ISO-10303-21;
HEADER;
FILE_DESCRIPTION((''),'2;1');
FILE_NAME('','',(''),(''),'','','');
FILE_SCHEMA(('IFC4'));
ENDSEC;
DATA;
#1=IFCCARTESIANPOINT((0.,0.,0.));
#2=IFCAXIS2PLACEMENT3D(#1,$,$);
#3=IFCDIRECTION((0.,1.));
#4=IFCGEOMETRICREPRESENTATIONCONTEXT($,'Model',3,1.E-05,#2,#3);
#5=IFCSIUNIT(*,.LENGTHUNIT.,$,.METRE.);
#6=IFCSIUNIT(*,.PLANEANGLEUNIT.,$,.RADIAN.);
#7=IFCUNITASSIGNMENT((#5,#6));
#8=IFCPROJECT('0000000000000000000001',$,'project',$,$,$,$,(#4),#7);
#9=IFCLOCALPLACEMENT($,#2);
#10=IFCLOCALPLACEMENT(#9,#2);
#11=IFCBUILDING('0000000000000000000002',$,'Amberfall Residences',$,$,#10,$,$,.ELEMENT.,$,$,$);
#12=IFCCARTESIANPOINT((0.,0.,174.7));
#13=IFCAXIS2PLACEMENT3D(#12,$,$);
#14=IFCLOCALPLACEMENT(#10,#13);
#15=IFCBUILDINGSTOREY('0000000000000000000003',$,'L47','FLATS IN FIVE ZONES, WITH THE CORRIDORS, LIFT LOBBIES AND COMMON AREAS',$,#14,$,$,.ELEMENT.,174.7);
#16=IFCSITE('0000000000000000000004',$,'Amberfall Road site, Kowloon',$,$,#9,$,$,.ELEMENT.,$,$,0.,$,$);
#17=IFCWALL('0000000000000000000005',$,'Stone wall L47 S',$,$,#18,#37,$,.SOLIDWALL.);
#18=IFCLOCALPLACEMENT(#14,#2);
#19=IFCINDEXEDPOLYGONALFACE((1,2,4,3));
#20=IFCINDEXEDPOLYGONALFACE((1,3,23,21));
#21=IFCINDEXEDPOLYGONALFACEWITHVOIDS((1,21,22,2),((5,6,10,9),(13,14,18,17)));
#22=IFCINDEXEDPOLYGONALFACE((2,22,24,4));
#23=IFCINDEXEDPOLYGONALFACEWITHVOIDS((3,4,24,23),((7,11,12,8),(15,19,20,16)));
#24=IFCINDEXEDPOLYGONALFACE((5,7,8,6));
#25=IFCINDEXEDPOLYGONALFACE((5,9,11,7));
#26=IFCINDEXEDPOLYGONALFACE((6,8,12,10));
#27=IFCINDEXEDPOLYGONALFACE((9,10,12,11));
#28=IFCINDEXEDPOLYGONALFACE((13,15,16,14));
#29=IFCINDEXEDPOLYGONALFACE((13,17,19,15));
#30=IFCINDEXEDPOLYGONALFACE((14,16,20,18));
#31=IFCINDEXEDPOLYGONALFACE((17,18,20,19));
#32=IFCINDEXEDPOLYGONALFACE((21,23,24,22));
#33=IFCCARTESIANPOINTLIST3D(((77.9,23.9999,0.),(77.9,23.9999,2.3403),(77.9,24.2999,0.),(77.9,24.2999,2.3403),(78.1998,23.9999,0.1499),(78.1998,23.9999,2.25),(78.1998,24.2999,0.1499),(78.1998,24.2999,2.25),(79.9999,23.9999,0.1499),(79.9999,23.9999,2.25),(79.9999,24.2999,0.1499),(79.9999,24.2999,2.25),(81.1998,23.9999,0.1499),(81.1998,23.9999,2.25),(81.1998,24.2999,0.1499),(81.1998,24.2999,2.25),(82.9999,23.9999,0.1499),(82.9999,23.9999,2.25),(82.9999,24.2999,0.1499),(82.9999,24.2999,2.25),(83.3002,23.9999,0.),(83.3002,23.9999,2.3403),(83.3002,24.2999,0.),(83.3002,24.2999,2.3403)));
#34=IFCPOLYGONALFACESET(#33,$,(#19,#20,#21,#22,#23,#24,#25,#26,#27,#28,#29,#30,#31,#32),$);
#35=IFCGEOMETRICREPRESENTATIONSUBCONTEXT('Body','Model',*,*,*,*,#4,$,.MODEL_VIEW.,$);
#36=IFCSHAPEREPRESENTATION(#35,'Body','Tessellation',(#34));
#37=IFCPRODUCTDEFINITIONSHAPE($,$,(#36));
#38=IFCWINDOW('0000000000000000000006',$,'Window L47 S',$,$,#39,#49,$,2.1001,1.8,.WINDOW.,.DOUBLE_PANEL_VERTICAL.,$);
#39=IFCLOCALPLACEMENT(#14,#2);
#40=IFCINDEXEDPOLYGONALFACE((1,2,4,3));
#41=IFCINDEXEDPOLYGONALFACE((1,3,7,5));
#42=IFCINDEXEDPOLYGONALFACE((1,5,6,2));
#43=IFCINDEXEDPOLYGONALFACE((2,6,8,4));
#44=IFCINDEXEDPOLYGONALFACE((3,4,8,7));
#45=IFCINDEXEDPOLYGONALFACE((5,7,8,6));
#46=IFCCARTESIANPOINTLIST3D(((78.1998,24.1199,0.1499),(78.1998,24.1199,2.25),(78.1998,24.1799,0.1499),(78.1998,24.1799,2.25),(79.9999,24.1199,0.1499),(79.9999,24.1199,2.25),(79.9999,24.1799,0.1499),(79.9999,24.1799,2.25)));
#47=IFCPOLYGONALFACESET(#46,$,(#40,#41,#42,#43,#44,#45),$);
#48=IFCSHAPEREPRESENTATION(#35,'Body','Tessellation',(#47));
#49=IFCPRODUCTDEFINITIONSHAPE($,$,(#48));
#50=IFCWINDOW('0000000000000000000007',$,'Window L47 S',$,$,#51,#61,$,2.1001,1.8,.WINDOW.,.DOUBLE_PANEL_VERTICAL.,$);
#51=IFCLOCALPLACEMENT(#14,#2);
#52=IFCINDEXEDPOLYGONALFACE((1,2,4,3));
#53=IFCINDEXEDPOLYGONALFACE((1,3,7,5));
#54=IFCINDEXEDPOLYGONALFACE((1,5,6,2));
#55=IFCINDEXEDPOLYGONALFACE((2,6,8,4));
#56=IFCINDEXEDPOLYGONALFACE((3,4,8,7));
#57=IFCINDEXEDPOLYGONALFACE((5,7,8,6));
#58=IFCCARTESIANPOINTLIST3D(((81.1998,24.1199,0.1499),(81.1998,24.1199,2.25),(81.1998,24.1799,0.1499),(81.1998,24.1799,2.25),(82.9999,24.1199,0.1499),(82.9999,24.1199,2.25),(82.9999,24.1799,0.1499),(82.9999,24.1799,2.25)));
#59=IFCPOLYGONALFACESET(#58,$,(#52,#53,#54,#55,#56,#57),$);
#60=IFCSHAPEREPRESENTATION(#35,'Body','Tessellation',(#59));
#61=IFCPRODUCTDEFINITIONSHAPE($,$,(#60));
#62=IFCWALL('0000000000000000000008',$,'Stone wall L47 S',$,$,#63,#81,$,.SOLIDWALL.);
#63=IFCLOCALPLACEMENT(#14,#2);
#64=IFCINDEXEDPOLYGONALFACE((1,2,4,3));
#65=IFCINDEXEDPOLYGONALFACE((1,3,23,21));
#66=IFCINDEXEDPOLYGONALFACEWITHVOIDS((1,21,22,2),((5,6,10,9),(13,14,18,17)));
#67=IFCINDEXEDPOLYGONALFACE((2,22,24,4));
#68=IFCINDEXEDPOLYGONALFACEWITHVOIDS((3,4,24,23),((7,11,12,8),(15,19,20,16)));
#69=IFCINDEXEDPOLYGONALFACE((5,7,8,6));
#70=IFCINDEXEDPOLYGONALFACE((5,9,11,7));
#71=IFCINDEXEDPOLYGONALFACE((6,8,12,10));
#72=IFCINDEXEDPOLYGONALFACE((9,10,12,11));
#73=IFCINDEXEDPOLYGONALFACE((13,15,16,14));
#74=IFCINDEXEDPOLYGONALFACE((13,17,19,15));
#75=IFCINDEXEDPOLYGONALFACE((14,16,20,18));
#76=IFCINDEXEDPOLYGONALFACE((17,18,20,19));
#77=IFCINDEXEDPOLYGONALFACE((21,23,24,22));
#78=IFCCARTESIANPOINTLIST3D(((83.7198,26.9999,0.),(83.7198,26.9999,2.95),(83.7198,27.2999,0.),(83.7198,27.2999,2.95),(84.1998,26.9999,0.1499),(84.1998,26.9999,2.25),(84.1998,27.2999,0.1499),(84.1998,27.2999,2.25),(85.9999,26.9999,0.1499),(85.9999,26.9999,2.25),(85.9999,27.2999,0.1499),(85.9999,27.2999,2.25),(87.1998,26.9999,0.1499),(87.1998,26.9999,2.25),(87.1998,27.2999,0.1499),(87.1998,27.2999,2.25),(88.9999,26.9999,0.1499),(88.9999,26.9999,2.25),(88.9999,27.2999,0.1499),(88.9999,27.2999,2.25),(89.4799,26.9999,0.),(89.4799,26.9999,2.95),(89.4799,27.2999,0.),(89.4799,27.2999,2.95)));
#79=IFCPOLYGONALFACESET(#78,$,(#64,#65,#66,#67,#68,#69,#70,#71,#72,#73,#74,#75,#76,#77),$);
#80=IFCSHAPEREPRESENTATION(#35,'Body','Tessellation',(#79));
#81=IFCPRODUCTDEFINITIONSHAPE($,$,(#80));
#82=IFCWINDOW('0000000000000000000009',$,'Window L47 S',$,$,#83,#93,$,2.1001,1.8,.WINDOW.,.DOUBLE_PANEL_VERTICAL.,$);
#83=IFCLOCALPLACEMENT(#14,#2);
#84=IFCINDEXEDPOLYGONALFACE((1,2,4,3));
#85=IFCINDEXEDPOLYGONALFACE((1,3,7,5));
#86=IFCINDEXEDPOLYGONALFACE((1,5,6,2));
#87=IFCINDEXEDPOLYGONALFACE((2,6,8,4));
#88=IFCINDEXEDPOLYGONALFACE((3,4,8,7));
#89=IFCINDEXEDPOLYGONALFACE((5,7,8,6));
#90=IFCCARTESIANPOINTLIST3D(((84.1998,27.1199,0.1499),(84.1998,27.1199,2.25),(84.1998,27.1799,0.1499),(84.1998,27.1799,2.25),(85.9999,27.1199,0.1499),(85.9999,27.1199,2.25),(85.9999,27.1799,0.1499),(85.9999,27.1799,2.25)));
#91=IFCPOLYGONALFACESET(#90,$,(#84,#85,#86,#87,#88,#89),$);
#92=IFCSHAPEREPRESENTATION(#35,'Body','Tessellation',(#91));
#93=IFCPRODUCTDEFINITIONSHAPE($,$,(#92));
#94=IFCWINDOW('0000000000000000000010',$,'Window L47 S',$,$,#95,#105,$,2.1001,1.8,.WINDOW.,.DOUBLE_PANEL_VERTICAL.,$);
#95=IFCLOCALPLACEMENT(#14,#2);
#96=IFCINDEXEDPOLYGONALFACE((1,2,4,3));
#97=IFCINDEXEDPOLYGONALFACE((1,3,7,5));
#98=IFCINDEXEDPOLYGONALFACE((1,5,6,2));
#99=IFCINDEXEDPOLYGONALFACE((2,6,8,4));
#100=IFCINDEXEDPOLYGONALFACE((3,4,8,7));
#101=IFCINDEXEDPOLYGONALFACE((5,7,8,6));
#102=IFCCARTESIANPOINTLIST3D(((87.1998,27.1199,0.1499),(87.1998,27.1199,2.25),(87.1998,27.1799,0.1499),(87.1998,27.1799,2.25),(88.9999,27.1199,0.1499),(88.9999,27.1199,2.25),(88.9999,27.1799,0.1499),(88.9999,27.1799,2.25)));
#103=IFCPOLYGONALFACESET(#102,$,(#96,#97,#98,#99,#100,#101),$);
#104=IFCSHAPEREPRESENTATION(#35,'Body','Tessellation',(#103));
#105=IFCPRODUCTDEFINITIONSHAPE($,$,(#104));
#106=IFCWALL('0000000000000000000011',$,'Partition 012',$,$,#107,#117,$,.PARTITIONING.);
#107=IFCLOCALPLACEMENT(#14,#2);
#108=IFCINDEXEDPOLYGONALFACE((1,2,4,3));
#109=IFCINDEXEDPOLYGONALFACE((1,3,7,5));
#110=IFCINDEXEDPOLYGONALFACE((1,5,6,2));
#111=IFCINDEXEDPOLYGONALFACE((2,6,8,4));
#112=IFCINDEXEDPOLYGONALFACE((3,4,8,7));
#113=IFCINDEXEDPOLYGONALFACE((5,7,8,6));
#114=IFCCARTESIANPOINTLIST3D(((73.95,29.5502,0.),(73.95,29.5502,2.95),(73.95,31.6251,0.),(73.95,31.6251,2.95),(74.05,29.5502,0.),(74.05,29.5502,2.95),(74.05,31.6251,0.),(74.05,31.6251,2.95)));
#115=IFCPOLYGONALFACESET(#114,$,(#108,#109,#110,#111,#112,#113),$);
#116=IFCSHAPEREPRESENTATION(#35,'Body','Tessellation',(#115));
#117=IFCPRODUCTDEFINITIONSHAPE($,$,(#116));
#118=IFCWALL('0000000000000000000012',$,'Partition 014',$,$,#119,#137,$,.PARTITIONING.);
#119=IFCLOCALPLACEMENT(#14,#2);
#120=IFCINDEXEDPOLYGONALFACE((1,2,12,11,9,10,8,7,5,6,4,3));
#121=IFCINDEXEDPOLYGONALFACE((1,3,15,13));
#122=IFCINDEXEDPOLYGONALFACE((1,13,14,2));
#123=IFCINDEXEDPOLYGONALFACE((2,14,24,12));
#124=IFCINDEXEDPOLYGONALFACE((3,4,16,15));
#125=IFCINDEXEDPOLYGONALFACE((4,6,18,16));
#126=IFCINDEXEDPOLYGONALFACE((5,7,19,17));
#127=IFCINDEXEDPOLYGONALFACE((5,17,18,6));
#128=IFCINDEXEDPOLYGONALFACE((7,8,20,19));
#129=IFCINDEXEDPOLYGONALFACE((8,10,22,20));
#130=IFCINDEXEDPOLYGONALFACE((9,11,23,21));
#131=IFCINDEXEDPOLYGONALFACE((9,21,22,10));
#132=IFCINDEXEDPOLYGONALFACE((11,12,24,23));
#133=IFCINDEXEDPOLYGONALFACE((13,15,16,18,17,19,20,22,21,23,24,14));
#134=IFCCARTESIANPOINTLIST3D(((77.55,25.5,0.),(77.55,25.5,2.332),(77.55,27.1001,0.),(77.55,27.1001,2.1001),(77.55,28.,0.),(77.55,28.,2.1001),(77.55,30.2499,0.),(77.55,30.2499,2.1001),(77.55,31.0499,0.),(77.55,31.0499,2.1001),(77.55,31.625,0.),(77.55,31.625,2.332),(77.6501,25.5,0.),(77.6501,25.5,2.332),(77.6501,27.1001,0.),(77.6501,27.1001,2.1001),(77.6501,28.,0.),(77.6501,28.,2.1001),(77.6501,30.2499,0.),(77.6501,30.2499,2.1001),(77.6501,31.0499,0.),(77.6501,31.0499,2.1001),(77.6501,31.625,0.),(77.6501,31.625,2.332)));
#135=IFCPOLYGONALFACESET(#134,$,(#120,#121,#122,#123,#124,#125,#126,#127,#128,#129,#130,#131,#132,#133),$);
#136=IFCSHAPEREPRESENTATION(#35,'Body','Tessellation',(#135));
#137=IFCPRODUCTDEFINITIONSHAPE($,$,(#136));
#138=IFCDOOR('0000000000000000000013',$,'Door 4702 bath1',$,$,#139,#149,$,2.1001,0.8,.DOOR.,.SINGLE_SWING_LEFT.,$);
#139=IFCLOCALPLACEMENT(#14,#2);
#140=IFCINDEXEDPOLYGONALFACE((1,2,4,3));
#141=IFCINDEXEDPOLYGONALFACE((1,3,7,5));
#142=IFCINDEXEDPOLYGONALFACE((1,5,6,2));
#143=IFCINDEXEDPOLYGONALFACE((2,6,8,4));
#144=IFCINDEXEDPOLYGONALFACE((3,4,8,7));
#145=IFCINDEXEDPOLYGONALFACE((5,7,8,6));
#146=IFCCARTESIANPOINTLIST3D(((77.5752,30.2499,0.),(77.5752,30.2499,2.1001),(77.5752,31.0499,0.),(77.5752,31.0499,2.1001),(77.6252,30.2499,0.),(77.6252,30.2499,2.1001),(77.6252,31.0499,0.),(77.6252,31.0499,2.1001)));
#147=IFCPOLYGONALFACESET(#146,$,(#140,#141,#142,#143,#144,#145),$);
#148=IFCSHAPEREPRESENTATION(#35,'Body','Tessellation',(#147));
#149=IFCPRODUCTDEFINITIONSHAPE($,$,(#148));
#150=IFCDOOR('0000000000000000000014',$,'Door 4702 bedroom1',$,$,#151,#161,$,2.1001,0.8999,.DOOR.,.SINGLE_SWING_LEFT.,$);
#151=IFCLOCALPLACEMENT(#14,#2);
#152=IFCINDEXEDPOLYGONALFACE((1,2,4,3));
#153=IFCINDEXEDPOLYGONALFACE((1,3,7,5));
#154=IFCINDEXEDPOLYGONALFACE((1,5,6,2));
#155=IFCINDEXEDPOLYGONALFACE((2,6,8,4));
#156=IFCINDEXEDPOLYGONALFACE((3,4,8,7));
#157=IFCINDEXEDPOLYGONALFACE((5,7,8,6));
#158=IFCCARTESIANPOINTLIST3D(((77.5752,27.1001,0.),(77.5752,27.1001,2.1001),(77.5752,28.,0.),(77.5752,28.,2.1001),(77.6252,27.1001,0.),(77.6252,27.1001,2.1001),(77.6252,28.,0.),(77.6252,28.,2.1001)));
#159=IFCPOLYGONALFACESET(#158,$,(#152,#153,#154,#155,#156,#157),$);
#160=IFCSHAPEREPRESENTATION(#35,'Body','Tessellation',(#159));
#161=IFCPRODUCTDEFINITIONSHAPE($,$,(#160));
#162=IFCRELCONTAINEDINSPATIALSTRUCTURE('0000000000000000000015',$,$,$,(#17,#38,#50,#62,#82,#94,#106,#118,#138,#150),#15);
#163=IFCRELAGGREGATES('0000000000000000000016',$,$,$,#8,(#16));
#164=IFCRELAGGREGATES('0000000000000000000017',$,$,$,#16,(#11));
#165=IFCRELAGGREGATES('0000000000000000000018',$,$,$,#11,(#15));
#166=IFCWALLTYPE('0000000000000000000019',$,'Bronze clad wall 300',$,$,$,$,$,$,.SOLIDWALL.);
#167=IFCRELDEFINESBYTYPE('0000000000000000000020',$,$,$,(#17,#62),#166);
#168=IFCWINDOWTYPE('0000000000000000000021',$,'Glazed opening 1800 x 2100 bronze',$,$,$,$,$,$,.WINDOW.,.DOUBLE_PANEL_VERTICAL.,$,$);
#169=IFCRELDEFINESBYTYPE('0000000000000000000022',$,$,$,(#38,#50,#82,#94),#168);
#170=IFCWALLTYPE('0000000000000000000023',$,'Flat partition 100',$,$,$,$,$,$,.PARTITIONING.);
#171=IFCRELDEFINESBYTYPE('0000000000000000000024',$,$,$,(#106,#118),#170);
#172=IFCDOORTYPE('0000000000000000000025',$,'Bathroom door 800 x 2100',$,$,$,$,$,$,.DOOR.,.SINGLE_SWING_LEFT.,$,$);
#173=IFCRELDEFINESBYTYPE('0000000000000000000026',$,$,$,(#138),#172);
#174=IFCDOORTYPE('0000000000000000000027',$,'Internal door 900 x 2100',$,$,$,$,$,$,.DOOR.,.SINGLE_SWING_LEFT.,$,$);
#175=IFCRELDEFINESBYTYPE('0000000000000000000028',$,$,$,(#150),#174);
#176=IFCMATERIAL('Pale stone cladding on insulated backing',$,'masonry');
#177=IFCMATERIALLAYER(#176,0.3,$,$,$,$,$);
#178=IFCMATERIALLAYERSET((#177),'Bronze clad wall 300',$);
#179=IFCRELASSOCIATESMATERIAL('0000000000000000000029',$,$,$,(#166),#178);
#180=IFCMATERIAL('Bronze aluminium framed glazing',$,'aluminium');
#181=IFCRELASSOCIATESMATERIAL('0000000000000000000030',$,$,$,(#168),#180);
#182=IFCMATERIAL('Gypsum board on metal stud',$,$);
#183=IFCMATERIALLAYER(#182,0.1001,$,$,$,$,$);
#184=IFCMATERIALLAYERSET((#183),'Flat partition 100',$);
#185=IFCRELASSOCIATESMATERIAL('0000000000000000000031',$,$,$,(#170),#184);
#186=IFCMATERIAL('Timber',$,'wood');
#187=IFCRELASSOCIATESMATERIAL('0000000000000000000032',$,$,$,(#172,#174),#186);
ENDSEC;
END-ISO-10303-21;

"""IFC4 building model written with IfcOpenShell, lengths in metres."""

from ifc_helpers import new_model, si_unit, direction, frame, frame_2d, origin, place, context, subcontext, project, spatial, rectangle, extrude, material, layer, layer_set, type_object, element, fill, save


model = new_model("IFC4")

# Units and contexts
model_context = context("Model", 3, precision=1e-05, world=origin(), true_north=direction((0.0, 1.0)))
body_context = subcontext(model_context, "Body", "Model", "MODEL_VIEW")
ifc_project = project(units=[si_unit("LENGTHUNIT", "METRE"), si_unit("PLANEANGLEUNIT", "RADIAN")], contexts=[model_context])

# Site, building, storey
site_placement = place(None, origin())
site = spatial("IfcSite", under=ifc_project, at=site_placement, Name="Amberfall Road site, Kowloon", CompositionType="ELEMENT", RefElevation=0.0)
building_placement = place(site_placement, origin())
building = spatial("IfcBuilding", under=site, at=building_placement, Name="Amberfall Residences", CompositionType="ELEMENT")
storey_placement = place(building_placement, frame((0.0, 0.0, 174.7)))
storey = spatial("IfcBuildingStorey", under=building, at=storey_placement, Name="L47", Description="FLATS IN FIVE ZONES, WITH THE CORRIDORS, LIFT LOBBIES AND COMMON AREAS", CompositionType="ELEMENT", Elevation=174.7)

# Shared definitions
ifc_material_1 = material(Name="Pale stone cladding on insulated backing", Category="masonry")
ifc_layer_1 = layer(ifc_material_1, 0.3)
ifc_layer_set_1 = layer_set([ifc_layer_1], Name="Bronze clad wall 300")
wall_type_1 = type_object("IfcWallType", Name="Bronze clad wall 300", PredefinedType="SOLIDWALL", material=ifc_layer_set_1)

# Walls, openings, windows
wall_1_placement = place(storey_placement, frame((77.8999, 24.1499, 0.0), z_axis=(0.0, 0.0, 1.0), x_axis=(1.0, 0.0, 0.0)))
wall_1 = element("IfcWall", 1, at=wall_1_placement, inside=storey, type_object=wall_type_1, Name="Stone wall L47 S", PredefinedType="SOLIDWALL", context=body_context, shape_type="SweptSolid", body=[
    extrude(rectangle(XDim=5.4001, YDim=0.3, at=frame_2d((2.7002, 0.0))), origin(), (0.0, 0.0, 1.0), 2.3403),
])
opening_1_placement = place(wall_1_placement, frame((0.3, 0.0, 0.1499)))
opening_1 = element("IfcOpeningElement", 2, at=opening_1_placement, cuts=wall_1, PredefinedType="OPENING", context=body_context, shape_type="SweptSolid", body=[
    extrude(rectangle(XDim=1.8, YDim=2.1001, at=frame_2d((0.8999, 1.05))), frame((0.0, 0.1599, 0.0), z_axis=(0.0, -1.0, 0.0), x_axis=(1.0, 0.0, 0.0)), (0.0, 0.0, 1.0), 0.3201),
])
opening_2_placement = place(wall_1_placement, frame((3.3, 0.0, 0.1499)))
opening_2 = element("IfcOpeningElement", 3, at=opening_2_placement, cuts=wall_1, PredefinedType="OPENING", context=body_context, shape_type="SweptSolid", body=[
    extrude(rectangle(XDim=1.8, YDim=2.1001, at=frame_2d((0.8999, 1.05))), frame((0.0, 0.1599, 0.0), z_axis=(0.0, -1.0, 0.0), x_axis=(1.0, 0.0, 0.0)), (0.0, 0.0, 1.0), 0.3201),
])
ifc_material_2 = material(Name="Bronze aluminium framed glazing", Category="aluminium")
window_type = type_object("IfcWindowType", Name="Glazed opening 1800 x 2100 bronze", PartitioningType="DOUBLE_PANEL_VERTICAL", PredefinedType="WINDOW", material=ifc_material_2)
window_1_placement = place(opening_1_placement, origin())
window_1 = element("IfcWindow", 4, at=window_1_placement, inside=storey, type_object=window_type, Name="Window L47 S", OverallHeight=2.1001, OverallWidth=1.8, PartitioningType="DOUBLE_PANEL_VERTICAL", PredefinedType="WINDOW", context=body_context, shape_type="SweptSolid", body=[
    extrude(rectangle(XDim=1.8, YDim=2.1001, at=frame_2d((0.8999, 1.05))), frame((0.0, 0.03, 0.0), z_axis=(0.0, -1.0, 0.0), x_axis=(1.0, 0.0, 0.0)), (0.0, 0.0, 1.0), 0.0601),
])
fill(opening_1, window_1)
window_2_placement = place(opening_2_placement, origin())
window_2 = element("IfcWindow", 5, at=window_2_placement, inside=storey, type_object=window_type, Name="Window L47 S", OverallHeight=2.1001, OverallWidth=1.8, PartitioningType="DOUBLE_PANEL_VERTICAL", PredefinedType="WINDOW", context=body_context, shape_type="SweptSolid", body=[
    extrude(rectangle(XDim=1.8, YDim=2.1001, at=frame_2d((0.8999, 1.05))), frame((0.0, 0.03, 0.0), z_axis=(0.0, -1.0, 0.0), x_axis=(1.0, 0.0, 0.0)), (0.0, 0.0, 1.0), 0.0601),
])
fill(opening_2, window_2)
wall_2_placement = place(storey_placement, frame((83.72, 27.1499, 0.0), z_axis=(0.0, 0.0, 1.0), x_axis=(1.0, 0.0, 0.0)))
wall_2 = element("IfcWall", 6, at=wall_2_placement, inside=storey, type_object=wall_type_1, Name="Stone wall L47 S", PredefinedType="SOLIDWALL", context=body_context, shape_type="SweptSolid", body=[
    extrude(rectangle(XDim=5.76, YDim=0.3, at=frame_2d((2.8799, 0.0))), origin(), (0.0, 0.0, 1.0), 2.95),
])
opening_3_placement = place(wall_2_placement, frame((0.48, 0.0, 0.1499)))
opening_3 = element("IfcOpeningElement", 7, at=opening_3_placement, cuts=wall_2, PredefinedType="OPENING", context=body_context, shape_type="SweptSolid", body=[
    extrude(rectangle(XDim=1.8, YDim=2.1001, at=frame_2d((0.8999, 1.05))), frame((0.0, 0.1599, 0.0), z_axis=(0.0, -1.0, 0.0), x_axis=(1.0, 0.0, 0.0)), (0.0, 0.0, 1.0), 0.3201),
])
opening_4_placement = place(wall_2_placement, frame((3.48, 0.0, 0.1499)))
opening_4 = element("IfcOpeningElement", 8, at=opening_4_placement, cuts=wall_2, PredefinedType="OPENING", context=body_context, shape_type="SweptSolid", body=[
    extrude(rectangle(XDim=1.8, YDim=2.1001, at=frame_2d((0.8999, 1.05))), frame((0.0, 0.1599, 0.0), z_axis=(0.0, -1.0, 0.0), x_axis=(1.0, 0.0, 0.0)), (0.0, 0.0, 1.0), 0.3201),
])
window_3_placement = place(opening_3_placement, origin())
window_3 = element("IfcWindow", 9, at=window_3_placement, inside=storey, type_object=window_type, Name="Window L47 S", OverallHeight=2.1001, OverallWidth=1.8, PartitioningType="DOUBLE_PANEL_VERTICAL", PredefinedType="WINDOW", context=body_context, shape_type="SweptSolid", body=[
    extrude(rectangle(XDim=1.8, YDim=2.1001, at=frame_2d((0.8999, 1.05))), frame((0.0, 0.03, 0.0), z_axis=(0.0, -1.0, 0.0), x_axis=(1.0, 0.0, 0.0)), (0.0, 0.0, 1.0), 0.0601),
])
fill(opening_3, window_3)
window_4_placement = place(opening_4_placement, origin())
window_4 = element("IfcWindow", 10, at=window_4_placement, inside=storey, type_object=window_type, Name="Window L47 S", OverallHeight=2.1001, OverallWidth=1.8, PartitioningType="DOUBLE_PANEL_VERTICAL", PredefinedType="WINDOW", context=body_context, shape_type="SweptSolid", body=[
    extrude(rectangle(XDim=1.8, YDim=2.1001, at=frame_2d((0.8999, 1.05))), frame((0.0, 0.03, 0.0), z_axis=(0.0, -1.0, 0.0), x_axis=(1.0, 0.0, 0.0)), (0.0, 0.0, 1.0), 0.0601),
])
fill(opening_4, window_4)

# Wall
ifc_material_3 = material(Name="Gypsum board on metal stud")
ifc_layer_2 = layer(ifc_material_3, 0.1001)
ifc_layer_set_2 = layer_set([ifc_layer_2], Name="Flat partition 100")
wall_type_2 = type_object("IfcWallType", Name="Flat partition 100", PredefinedType="PARTITIONING", material=ifc_layer_set_2)
wall_3_placement = place(storey_placement, frame((74.0, 29.55, 0.0), z_axis=(0.0, 0.0, 1.0), x_axis=(0.0, 1.0, 0.0)))
element("IfcWall", 11, at=wall_3_placement, inside=storey, type_object=wall_type_2, Name="Partition 012", PredefinedType="PARTITIONING", context=body_context, shape_type="SweptSolid", body=[
    extrude(rectangle(XDim=2.075, YDim=0.1001, at=frame_2d((1.0376, 0.0))), origin(), (0.0, 0.0, 1.0), 2.95),
])

# Wall, openings, doors
wall_4_placement = place(storey_placement, frame((77.6001, 25.5, 0.0), z_axis=(0.0, 0.0, 1.0), x_axis=(0.0, 1.0, 0.0)))
wall_4 = element("IfcWall", 12, at=wall_4_placement, inside=storey, type_object=wall_type_2, Name="Partition 014", PredefinedType="PARTITIONING", context=body_context, shape_type="SweptSolid", body=[
    extrude(rectangle(XDim=6.125, YDim=0.1001, at=frame_2d((3.0625, 0.0))), origin(), (0.0, 0.0, 1.0), 2.332),
])
opening_5_placement = place(wall_4_placement, frame((1.6001, 0.0, 0.0)))
opening_5 = element("IfcOpeningElement", 13, at=opening_5_placement, cuts=wall_4, PredefinedType="OPENING", context=body_context, shape_type="SweptSolid", body=[
    extrude(rectangle(XDim=0.8999, YDim=2.1001, at=frame_2d((0.45, 1.05))), frame((0.0, 0.0601, 0.0), z_axis=(0.0, -1.0, 0.0), x_axis=(1.0, 0.0, 0.0)), (0.0, 0.0, 1.0), 0.1201),
])
opening_6_placement = place(wall_4_placement, frame((4.75, 0.0, 0.0)))
opening_6 = element("IfcOpeningElement", 14, at=opening_6_placement, cuts=wall_4, PredefinedType="OPENING", context=body_context, shape_type="SweptSolid", body=[
    extrude(rectangle(XDim=0.8, YDim=2.1001, at=frame_2d((0.3999, 1.05))), frame((0.0, 0.0601, 0.0), z_axis=(0.0, -1.0, 0.0), x_axis=(1.0, 0.0, 0.0)), (0.0, 0.0, 1.0), 0.1201),
])
ifc_material_4 = material(Name="Timber", Category="wood")
door_type_1 = type_object("IfcDoorType", Name="Bathroom door 800 x 2100", OperationType="SINGLE_SWING_LEFT", PredefinedType="DOOR", material=ifc_material_4)
door_1_placement = place(opening_6_placement, origin())
door_1 = element("IfcDoor", 15, at=door_1_placement, inside=storey, type_object=door_type_1, Name="Door 4702 bath1", OperationType="SINGLE_SWING_LEFT", OverallHeight=2.1001, OverallWidth=0.8, PredefinedType="DOOR", context=body_context, shape_type="SweptSolid", body=[
    extrude(rectangle(XDim=0.8, YDim=2.1001, at=frame_2d((0.3999, 1.05))), frame((0.0, 0.0249, 0.0), z_axis=(0.0, -1.0, 0.0), x_axis=(1.0, 0.0, 0.0)), (0.0, 0.0, 1.0), 0.05),
])
fill(opening_6, door_1)
door_type_2 = type_object("IfcDoorType", Name="Internal door 900 x 2100", OperationType="SINGLE_SWING_LEFT", PredefinedType="DOOR", material=ifc_material_4)
door_2_placement = place(opening_5_placement, origin())
door_2 = element("IfcDoor", 16, at=door_2_placement, inside=storey, type_object=door_type_2, Name="Door 4702 bedroom1", OperationType="SINGLE_SWING_LEFT", OverallHeight=2.1001, OverallWidth=0.8999, PredefinedType="DOOR", context=body_context, shape_type="SweptSolid", body=[
    extrude(rectangle(XDim=0.8999, YDim=2.1001, at=frame_2d((0.45, 1.05))), frame((0.0, 0.0249, 0.0), z_axis=(0.0, -1.0, 0.0), x_axis=(1.0, 0.0, 0.0)), (0.0, 0.0, 1.0), 0.05),
])
fill(opening_5, door_2)

save(model, "model.ifc")
